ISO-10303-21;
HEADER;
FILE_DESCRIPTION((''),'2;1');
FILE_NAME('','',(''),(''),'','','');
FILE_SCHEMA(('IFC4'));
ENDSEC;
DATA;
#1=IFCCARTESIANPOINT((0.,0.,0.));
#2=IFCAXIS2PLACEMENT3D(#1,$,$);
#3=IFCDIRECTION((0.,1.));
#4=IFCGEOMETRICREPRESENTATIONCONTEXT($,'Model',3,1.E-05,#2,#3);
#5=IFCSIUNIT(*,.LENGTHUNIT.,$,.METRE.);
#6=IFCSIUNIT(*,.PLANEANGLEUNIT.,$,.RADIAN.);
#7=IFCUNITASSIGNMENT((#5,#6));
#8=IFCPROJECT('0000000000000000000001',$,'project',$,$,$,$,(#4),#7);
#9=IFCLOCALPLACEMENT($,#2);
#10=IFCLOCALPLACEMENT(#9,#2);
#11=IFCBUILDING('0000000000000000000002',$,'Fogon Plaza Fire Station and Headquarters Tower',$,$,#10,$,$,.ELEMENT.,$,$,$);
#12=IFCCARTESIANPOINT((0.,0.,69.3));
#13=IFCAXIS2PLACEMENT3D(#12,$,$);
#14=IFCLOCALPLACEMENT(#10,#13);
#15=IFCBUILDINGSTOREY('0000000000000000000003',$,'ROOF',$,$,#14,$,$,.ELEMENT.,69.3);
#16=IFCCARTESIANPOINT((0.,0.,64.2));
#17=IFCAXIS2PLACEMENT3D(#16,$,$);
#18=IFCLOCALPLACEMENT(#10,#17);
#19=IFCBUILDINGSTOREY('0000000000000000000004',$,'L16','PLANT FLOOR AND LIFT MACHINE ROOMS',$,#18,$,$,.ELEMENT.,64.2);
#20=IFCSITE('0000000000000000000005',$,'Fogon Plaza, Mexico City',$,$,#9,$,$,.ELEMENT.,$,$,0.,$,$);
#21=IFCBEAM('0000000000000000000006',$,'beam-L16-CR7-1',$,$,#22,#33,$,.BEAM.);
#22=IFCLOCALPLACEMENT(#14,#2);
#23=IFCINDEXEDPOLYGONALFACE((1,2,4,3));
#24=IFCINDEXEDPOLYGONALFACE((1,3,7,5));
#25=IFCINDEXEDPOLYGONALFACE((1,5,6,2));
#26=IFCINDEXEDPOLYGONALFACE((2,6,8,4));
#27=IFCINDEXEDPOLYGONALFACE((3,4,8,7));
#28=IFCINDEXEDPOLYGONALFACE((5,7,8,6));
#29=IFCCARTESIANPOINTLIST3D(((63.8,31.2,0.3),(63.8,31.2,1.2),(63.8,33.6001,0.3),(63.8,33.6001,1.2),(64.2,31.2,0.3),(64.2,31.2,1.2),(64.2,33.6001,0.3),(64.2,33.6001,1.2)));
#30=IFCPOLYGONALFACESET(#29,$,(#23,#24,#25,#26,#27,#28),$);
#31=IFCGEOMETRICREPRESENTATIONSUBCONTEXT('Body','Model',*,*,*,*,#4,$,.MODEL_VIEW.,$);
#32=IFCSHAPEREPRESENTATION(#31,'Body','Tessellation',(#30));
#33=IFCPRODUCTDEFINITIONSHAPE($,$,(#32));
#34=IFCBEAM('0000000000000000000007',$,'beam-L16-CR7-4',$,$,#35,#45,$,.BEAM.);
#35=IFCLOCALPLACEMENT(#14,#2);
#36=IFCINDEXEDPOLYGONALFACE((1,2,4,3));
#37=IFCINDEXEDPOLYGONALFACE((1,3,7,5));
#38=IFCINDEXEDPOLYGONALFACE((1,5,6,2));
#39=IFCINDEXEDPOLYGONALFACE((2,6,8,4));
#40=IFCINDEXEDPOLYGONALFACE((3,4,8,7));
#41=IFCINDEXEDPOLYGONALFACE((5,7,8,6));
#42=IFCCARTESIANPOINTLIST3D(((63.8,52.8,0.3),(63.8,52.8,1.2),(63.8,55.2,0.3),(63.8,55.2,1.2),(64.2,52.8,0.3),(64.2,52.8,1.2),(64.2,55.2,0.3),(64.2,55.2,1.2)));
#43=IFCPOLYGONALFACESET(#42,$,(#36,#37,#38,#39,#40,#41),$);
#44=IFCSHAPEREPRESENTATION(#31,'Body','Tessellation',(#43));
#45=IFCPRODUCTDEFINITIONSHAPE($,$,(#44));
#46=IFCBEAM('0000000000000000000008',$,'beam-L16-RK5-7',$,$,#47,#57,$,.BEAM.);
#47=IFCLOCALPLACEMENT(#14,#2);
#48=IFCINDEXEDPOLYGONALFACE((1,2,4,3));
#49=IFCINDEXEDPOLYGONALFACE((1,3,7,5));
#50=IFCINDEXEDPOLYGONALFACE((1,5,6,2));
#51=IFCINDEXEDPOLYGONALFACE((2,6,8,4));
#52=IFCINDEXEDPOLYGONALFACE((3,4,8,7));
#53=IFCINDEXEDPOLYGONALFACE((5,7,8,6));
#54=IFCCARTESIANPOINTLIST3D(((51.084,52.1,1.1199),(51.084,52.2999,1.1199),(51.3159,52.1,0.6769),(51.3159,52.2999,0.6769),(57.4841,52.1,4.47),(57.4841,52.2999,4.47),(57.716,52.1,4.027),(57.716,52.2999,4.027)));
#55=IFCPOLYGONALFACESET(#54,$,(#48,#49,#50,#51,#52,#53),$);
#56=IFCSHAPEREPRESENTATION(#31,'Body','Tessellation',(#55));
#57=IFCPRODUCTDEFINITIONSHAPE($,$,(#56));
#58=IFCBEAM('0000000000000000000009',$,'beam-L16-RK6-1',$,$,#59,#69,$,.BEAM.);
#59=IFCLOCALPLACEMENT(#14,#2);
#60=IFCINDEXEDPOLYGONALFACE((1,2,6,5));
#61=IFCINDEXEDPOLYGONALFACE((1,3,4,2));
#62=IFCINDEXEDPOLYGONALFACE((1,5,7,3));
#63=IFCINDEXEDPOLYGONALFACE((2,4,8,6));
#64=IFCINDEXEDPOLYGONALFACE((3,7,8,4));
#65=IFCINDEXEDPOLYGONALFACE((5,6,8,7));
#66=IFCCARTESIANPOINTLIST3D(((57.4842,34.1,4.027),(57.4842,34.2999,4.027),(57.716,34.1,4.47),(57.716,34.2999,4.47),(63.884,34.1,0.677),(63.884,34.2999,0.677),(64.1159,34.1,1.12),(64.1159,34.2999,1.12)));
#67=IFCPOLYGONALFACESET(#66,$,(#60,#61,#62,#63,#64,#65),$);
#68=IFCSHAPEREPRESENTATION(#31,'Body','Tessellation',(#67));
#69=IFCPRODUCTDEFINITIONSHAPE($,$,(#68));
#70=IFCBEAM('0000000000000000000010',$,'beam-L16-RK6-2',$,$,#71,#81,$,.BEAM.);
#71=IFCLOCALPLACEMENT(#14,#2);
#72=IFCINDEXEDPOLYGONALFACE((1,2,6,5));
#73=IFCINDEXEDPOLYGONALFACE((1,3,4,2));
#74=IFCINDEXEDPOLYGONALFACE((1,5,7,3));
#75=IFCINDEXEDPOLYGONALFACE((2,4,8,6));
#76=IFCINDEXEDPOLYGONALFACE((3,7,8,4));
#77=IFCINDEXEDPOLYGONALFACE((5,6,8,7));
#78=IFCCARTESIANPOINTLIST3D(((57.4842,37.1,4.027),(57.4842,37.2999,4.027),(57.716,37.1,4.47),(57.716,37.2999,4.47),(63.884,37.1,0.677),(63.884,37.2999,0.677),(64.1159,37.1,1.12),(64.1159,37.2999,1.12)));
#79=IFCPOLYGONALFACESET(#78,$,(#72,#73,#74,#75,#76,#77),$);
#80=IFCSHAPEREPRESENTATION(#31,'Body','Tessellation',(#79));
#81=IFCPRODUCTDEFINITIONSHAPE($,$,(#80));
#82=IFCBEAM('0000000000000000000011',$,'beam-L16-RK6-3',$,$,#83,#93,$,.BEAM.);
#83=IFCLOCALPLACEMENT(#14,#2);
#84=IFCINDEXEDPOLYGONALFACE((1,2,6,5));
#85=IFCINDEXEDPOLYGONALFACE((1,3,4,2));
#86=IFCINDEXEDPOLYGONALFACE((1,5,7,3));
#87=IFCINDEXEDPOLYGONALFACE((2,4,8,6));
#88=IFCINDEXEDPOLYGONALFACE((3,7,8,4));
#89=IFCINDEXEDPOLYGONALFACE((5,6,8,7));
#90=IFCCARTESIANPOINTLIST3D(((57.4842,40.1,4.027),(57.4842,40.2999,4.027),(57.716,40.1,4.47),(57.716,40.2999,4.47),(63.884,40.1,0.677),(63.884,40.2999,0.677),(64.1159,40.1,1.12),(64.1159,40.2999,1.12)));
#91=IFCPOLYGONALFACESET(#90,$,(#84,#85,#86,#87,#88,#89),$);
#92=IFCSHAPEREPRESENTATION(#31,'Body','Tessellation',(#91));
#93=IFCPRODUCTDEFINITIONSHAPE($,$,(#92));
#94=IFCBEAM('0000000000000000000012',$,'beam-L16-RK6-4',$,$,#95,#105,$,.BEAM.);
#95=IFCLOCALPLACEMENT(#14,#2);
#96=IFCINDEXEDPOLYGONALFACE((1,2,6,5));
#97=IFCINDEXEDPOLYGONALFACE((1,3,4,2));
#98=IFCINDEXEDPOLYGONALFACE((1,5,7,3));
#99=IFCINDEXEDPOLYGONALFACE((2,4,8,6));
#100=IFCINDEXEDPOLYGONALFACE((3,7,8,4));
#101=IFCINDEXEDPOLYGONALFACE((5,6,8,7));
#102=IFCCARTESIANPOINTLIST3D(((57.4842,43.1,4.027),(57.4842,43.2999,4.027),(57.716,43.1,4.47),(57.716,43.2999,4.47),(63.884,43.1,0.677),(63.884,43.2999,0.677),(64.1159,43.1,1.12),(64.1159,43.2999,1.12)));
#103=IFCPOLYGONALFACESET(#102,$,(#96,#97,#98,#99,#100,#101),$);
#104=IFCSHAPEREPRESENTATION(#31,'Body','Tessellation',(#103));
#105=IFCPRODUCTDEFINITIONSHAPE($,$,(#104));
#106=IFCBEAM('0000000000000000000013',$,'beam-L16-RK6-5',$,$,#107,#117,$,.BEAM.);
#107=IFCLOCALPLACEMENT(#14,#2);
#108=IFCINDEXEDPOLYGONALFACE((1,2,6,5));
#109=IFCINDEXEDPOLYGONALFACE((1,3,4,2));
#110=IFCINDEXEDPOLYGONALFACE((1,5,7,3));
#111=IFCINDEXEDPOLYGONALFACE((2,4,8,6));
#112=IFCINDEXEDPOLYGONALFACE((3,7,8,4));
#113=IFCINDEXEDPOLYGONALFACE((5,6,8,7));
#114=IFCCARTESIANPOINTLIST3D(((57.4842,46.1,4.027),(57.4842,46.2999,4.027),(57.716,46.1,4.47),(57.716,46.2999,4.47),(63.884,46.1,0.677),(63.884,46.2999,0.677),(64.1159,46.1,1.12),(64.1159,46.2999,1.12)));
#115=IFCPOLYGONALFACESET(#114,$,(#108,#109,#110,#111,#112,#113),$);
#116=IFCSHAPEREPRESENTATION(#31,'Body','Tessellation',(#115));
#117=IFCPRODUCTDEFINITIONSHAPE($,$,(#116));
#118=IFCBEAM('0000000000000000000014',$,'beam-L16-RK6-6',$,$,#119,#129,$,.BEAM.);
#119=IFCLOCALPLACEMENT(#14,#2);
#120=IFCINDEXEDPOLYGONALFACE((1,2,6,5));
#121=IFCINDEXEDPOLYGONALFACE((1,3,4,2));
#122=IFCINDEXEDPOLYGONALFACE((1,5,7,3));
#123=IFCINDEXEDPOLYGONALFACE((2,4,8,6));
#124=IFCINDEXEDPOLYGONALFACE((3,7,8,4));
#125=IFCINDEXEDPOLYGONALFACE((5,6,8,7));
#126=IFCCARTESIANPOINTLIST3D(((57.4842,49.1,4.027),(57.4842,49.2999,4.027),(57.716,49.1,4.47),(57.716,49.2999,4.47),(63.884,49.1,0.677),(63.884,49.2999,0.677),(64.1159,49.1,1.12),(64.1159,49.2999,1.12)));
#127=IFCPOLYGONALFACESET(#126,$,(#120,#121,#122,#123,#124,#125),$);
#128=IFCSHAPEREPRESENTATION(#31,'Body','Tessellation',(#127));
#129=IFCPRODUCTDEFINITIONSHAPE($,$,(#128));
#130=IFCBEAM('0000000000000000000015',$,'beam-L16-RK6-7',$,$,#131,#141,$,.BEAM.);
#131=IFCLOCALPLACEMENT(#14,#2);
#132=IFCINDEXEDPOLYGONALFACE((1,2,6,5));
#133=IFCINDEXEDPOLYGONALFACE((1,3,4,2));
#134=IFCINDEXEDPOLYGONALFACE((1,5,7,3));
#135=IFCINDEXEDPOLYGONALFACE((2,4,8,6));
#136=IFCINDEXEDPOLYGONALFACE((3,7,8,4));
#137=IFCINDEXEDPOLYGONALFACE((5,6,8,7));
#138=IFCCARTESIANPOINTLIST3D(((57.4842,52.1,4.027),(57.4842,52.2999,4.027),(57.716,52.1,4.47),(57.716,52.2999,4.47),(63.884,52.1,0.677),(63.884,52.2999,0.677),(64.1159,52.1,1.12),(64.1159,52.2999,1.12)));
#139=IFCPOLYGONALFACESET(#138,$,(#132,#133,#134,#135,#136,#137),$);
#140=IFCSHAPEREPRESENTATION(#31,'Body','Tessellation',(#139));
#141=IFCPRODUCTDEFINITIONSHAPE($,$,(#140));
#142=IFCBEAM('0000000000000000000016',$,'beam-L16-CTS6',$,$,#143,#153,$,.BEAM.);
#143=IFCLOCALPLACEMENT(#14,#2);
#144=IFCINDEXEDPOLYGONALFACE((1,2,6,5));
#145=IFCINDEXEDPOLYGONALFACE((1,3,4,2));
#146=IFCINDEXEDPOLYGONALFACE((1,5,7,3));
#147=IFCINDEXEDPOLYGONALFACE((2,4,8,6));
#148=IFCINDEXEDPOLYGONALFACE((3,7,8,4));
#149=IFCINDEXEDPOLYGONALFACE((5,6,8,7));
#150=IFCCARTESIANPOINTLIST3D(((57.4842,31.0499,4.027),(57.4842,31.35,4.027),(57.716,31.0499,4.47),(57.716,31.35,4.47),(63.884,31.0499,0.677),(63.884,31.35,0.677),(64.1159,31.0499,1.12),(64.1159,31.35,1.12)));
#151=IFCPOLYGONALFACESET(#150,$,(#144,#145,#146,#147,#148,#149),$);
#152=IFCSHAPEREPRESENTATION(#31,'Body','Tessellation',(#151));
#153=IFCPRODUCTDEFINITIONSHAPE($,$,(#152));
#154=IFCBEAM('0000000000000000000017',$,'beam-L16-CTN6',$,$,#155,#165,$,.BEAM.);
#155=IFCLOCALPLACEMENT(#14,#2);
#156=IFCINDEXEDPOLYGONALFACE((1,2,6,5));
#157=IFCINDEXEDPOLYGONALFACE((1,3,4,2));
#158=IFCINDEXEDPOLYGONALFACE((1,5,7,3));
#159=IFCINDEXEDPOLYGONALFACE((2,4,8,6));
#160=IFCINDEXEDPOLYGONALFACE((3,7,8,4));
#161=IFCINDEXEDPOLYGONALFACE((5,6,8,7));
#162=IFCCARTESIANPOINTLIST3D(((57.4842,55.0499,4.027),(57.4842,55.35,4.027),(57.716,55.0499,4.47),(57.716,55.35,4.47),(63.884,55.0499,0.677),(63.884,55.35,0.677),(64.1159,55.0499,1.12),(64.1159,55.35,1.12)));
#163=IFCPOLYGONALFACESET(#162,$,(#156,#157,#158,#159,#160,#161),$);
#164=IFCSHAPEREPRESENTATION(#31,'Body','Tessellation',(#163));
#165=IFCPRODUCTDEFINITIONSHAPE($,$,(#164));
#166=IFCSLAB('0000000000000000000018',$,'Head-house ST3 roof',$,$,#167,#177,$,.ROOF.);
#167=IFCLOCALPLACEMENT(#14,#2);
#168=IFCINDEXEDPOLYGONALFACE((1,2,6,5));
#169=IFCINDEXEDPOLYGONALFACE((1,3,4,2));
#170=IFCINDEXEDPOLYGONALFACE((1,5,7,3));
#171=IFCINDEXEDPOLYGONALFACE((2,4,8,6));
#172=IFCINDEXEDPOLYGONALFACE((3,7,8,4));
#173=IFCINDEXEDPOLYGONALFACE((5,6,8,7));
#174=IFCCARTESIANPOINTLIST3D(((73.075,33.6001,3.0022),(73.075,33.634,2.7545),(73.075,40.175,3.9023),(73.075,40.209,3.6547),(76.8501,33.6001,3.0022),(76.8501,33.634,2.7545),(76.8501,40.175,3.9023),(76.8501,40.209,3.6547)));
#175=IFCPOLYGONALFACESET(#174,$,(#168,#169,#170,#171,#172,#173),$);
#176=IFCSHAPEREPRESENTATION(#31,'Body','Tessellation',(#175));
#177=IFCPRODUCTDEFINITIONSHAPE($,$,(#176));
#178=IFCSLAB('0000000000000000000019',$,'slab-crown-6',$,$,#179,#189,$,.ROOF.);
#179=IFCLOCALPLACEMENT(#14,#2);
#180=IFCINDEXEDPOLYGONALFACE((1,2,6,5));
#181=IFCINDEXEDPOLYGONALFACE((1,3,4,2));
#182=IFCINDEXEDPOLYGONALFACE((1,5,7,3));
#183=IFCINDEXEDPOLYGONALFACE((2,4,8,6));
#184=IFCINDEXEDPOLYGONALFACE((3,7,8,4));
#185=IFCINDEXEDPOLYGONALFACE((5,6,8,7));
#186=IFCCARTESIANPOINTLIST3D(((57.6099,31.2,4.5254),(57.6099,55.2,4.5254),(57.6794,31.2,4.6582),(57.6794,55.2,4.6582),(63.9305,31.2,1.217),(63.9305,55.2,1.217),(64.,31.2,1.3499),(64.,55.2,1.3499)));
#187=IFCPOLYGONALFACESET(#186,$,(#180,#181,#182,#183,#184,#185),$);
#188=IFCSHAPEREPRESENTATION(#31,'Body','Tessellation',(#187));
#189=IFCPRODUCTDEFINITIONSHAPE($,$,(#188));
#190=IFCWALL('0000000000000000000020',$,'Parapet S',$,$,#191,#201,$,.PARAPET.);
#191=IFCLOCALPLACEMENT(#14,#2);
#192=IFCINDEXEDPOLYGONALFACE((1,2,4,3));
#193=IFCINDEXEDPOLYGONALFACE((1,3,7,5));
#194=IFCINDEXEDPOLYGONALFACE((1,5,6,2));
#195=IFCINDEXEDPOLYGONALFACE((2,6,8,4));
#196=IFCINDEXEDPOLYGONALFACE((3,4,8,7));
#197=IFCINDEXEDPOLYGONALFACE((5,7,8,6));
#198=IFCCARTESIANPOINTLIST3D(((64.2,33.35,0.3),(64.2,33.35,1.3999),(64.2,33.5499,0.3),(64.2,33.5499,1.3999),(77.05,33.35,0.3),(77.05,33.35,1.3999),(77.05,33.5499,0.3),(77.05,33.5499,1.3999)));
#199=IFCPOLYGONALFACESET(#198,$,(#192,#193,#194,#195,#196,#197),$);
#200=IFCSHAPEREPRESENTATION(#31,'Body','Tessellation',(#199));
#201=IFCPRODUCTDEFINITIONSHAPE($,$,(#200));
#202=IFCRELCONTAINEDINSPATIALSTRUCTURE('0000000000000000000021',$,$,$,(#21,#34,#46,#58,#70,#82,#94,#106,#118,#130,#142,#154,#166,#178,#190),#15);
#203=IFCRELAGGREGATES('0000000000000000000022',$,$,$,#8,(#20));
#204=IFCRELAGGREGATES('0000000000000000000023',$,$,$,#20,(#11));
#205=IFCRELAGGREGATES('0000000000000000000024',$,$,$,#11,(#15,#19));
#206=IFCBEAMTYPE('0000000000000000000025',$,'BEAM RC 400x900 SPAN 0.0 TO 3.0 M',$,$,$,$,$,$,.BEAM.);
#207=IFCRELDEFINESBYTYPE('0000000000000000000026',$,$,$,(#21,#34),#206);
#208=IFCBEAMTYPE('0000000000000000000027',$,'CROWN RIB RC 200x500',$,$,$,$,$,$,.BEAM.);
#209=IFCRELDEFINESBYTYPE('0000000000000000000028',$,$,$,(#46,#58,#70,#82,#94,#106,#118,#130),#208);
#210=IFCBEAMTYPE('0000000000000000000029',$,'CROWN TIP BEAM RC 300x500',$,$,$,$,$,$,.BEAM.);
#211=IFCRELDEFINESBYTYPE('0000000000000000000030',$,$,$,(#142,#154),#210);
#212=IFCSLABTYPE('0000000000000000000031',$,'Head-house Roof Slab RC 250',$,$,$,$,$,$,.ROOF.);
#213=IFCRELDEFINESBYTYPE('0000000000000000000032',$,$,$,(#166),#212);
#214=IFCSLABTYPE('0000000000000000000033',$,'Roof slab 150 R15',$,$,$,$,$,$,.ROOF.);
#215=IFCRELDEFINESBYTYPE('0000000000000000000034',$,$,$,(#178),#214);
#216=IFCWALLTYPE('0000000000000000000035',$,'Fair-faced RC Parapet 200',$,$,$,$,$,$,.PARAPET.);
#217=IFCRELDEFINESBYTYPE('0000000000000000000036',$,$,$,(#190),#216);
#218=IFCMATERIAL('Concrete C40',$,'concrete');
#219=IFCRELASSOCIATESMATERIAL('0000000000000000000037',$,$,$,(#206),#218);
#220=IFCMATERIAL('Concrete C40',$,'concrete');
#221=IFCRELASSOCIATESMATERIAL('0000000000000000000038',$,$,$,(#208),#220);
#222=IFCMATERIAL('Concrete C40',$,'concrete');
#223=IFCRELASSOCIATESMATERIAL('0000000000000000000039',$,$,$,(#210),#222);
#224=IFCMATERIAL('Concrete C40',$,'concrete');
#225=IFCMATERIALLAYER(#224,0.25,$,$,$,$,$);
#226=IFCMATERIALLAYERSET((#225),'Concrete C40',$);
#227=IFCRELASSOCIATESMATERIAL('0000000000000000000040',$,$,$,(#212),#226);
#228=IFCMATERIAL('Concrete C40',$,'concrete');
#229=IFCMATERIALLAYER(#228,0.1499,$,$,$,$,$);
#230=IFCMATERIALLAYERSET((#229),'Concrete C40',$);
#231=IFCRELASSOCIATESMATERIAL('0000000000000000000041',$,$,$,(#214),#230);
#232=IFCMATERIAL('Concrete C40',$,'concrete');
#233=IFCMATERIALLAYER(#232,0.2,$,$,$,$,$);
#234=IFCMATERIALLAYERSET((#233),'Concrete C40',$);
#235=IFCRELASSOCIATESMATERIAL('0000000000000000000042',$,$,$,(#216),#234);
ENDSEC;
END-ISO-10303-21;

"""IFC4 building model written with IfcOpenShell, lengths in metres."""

from ifc_helpers import new_model, si_unit, direction, frame, frame_2d, origin, origin_2d, place, context, subcontext, project, spatial, polyline, rectangle, outline, extrude, material, layer, layer_set, material_profile, profile_set, type_object, element, save


model = new_model("IFC4")

# Units and contexts
model_context = context("Model", 3, precision=1e-05, world=origin(), true_north=direction((0.0, 1.0)))
body_context = subcontext(model_context, "Body", "Model", "MODEL_VIEW")
ifc_project = project(units=[si_unit("LENGTHUNIT", "METRE"), si_unit("PLANEANGLEUNIT", "RADIAN")], contexts=[model_context])

# Site, building, storey
site_placement = place(None, origin())
site = spatial("IfcSite", under=ifc_project, at=site_placement, Name="Fogon Plaza, Mexico City", CompositionType="ELEMENT", RefElevation=0.0)
building_placement = place(site_placement, origin())
building = spatial("IfcBuilding", under=site, at=building_placement, Name="Fogon Plaza Fire Station and Headquarters Tower", CompositionType="ELEMENT")
storey_1_placement = place(building_placement, frame((0.0, 0.0, 69.3)))
storey_1 = spatial("IfcBuildingStorey", under=building, at=storey_1_placement, Name="ROOF", CompositionType="ELEMENT", Elevation=69.3)

# Beams
ifc_material_1 = material(Name="Concrete C40", Category="concrete")
ifc_material_profile_1 = material_profile(ifc_material_1, rectangle(XDim=0.3999, YDim=0.8999, at=origin_2d()), Name="RC 400x900")
ifc_profile_set_1 = profile_set([ifc_material_profile_1], Name="Concrete C40")
beam_type_1 = type_object("IfcBeamType", Name="BEAM RC 400x900 SPAN 0.0 TO 3.0 M", PredefinedType="BEAM", material=ifc_profile_set_1)
beam_1_placement = place(storey_1_placement, frame((64.0, 31.2, 0.75), z_axis=(0.0, 1.0, 0.0), x_axis=(-1.0, 0.0, 0.0)))
element("IfcBeam", 1, at=beam_1_placement, inside=storey_1, type_object=beam_type_1, Name="beam-L16-CR7-1", PredefinedType="BEAM", context=body_context, shape_type="SweptSolid", body=[
    extrude(rectangle(XDim=0.3999, YDim=0.8999, at=origin_2d()), origin(), (0.0, 0.0, 1.0), 2.4001),
])
beam_2_placement = place(storey_1_placement, frame((64.0, 52.8, 0.75), z_axis=(0.0, 1.0, 0.0), x_axis=(-1.0, 0.0, 0.0)))
element("IfcBeam", 2, at=beam_2_placement, inside=storey_1, type_object=beam_type_1, Name="beam-L16-CR7-4", PredefinedType="BEAM", context=body_context, shape_type="SweptSolid", body=[
    extrude(rectangle(XDim=0.3999, YDim=0.8999, at=origin_2d()), origin(), (0.0, 0.0, 1.0), 2.3999),
])
ifc_material_2 = material(Name="Concrete C40", Category="concrete")
ifc_material_profile_2 = material_profile(ifc_material_2, rectangle(XDim=0.2, YDim=0.5, at=origin_2d()), Name="RC 200x500")
ifc_profile_set_2 = profile_set([ifc_material_profile_2], Name="Concrete C40")
beam_type_2 = type_object("IfcBeamType", Name="CROWN RIB RC 200x500", PredefinedType="BEAM", material=ifc_profile_set_2)
beam_3_placement = place(storey_1_placement, frame((51.2, 52.2, 0.8984), z_axis=(0.885966, 0.0, 0.463751), x_axis=(0.0, 1.0, 0.0)))
element("IfcBeam", 3, at=beam_3_placement, inside=storey_1, type_object=beam_type_2, Name="beam-L16-RK5-7", PredefinedType="BEAM", context=body_context, shape_type="SweptSolid", body=[
    extrude(rectangle(XDim=0.2, YDim=0.5, at=origin_2d()), origin(), (0.0, 0.0, 1.0), 7.2239),
])
for number, where, z_axis, x_axis, name in (
    (4, (57.6001, 34.2, 4.2485), (0.885959, 0.0, -0.463765), (0.0, 1.0, 0.0), "beam-L16-RK6-1"),
    (5, (57.6001, 37.2, 4.2485), (0.885959, 0.0, -0.463765), (0.0, 1.0, 0.0), "beam-L16-RK6-2"),
    (6, (57.6001, 40.2, 4.2485), (0.885959, 0.0, -0.463765), (0.0, 1.0, 0.0), "beam-L16-RK6-3"),
    (7, (57.6001, 43.2, 4.2485), (0.885959, 0.0, -0.463765), (0.0, 1.0, 0.0), "beam-L16-RK6-4"),
    (8, (57.6001, 46.2, 4.2485), (0.885959, 0.0, -0.463765), (0.0, 1.0, 0.0), "beam-L16-RK6-5"),
    (9, (57.6001, 49.2, 4.2485), (0.885959, 0.0, -0.463765), (0.0, 1.0, 0.0), "beam-L16-RK6-6"),
    (10, (57.6001, 52.2, 4.2485), (0.885959, 0.0, -0.463765), (0.0, 1.0, 0.0), "beam-L16-RK6-7"),
):
    element("IfcBeam", number, at=place(storey_1_placement, frame(where, z_axis=z_axis, x_axis=x_axis)), inside=storey_1, type_object=beam_type_2, Name=name, PredefinedType="BEAM", context=body_context, shape_type="SweptSolid", body=[
        extrude(rectangle(XDim=0.2, YDim=0.5, at=origin_2d()), origin(), (0.0, 0.0, 1.0), 7.2236),
    ])
ifc_material_3 = material(Name="Concrete C40", Category="concrete")
ifc_material_profile_3 = material_profile(ifc_material_3, rectangle(XDim=0.3, YDim=0.5, at=origin_2d()), Name="RC 300x500")
ifc_profile_set_3 = profile_set([ifc_material_profile_3], Name="Concrete C40")
beam_type_3 = type_object("IfcBeamType", Name="CROWN TIP BEAM RC 300x500", PredefinedType="BEAM", material=ifc_profile_set_3)
for number, where, z_axis, x_axis, name in (
    (11, (57.6001, 31.2, 4.2485), (0.885959, 0.0, -0.463765), (0.0, 1.0, 0.0), "beam-L16-CTS6"),
    (12, (57.6001, 55.2, 4.2485), (0.885959, 0.0, -0.463765), (0.0, 1.0, 0.0), "beam-L16-CTN6"),
):
    element("IfcBeam", number, at=place(storey_1_placement, frame(where, z_axis=z_axis, x_axis=x_axis)), inside=storey_1, type_object=beam_type_3, Name=name, PredefinedType="BEAM", context=body_context, shape_type="SweptSolid", body=[
        extrude(rectangle(XDim=0.3, YDim=0.5, at=origin_2d()), origin(), (0.0, 0.0, 1.0), 7.2236),
    ])

# Slabs
ifc_material_4 = material(Name="Concrete C40", Category="concrete")
ifc_layer_1 = layer(ifc_material_4, 0.25)
ifc_layer_set_1 = layer_set([ifc_layer_1], Name="Concrete C40")
slab_type_1 = type_object("IfcSlabType", Name="Head-house Roof Slab RC 250", PredefinedType="ROOF", material=ifc_layer_set_1)
slab_1_placement = place(storey_1_placement, frame((76.8501, 33.6001, 3.0022), z_axis=(0.0, -0.13564, 0.990758), x_axis=(-1.0, 0.0, 0.0)))
element("IfcSlab", 13, at=slab_1_placement, inside=storey_1, type_object=slab_type_1, Name="Head-house ST3 roof", PredefinedType="ROOF", context=body_context, shape_type="SweptSolid", body=[
    extrude(outline(polyline([(0.0, 0.0), (3.7751, 0.0), (3.7751, -6.6363), (0.0, -6.6363), (0.0, 0.0)])), origin(), (0.0, 0.0, -1.0), 0.25),
])
ifc_material_5 = material(Name="Concrete C40", Category="concrete")
ifc_layer_2 = layer(ifc_material_5, 0.1499)
ifc_layer_set_2 = layer_set([ifc_layer_2], Name="Concrete C40")
slab_type_2 = type_object("IfcSlabType", Name="Roof slab 150 R15", PredefinedType="ROOF", material=ifc_layer_set_2)
slab_2_placement = place(storey_1_placement, frame((57.6794, 31.2, 4.6582), z_axis=(0.463741, 0.0, 0.885971), x_axis=(0.885971, 0.0, -0.463741)))
element("IfcSlab", 14, at=slab_2_placement, inside=storey_1, type_object=slab_type_2, Name="slab-crown-6", PredefinedType="ROOF", context=body_context, shape_type="SweptSolid", body=[
    extrude(outline(polyline([(0.0, 0.0), (7.134, 0.0), (7.134, 24.0), (0.0, 24.0), (0.0, 0.0)])), origin(), (0.0, 0.0, -1.0), 0.1499),
])

# Wall
ifc_material_6 = material(Name="Concrete C40", Category="concrete")
ifc_layer_3 = layer(ifc_material_6, 0.2)
ifc_layer_set_3 = layer_set([ifc_layer_3], Name="Concrete C40")
wall_type_1 = type_object("IfcWallType", Name="Fair-faced RC Parapet 200", PredefinedType="PARAPET", material=ifc_layer_set_3)
for number, where, z_axis, x_axis, name in (
    (15, (64.2, 33.45, 0.3), (0.0, 0.0, 1.0), (1.0, 0.0, 0.0), "Parapet S"),
):
    element("IfcWall", number, at=place(storey_1_placement, frame(where, z_axis=z_axis, x_axis=x_axis)), inside=storey_1, type_object=wall_type_1, Name=name, PredefinedType="PARAPET", context=body_context, shape_type="SweptSolid", body=[
        extrude(rectangle(XDim=12.8501, YDim=0.2, at=frame_2d((6.425, 0.0))), origin(), (0.0, 0.0, 1.0), 1.0999),
    ])

# Shared definitions
storey_2_placement = place(building_placement, frame((0.0, 0.0, 64.2)))
storey_2 = spatial("IfcBuildingStorey", under=building, at=storey_2_placement, Name="L16", Description="PLANT FLOOR AND LIFT MACHINE ROOMS", CompositionType="ELEMENT", Elevation=64.2)

save(model, "model.ifc")
